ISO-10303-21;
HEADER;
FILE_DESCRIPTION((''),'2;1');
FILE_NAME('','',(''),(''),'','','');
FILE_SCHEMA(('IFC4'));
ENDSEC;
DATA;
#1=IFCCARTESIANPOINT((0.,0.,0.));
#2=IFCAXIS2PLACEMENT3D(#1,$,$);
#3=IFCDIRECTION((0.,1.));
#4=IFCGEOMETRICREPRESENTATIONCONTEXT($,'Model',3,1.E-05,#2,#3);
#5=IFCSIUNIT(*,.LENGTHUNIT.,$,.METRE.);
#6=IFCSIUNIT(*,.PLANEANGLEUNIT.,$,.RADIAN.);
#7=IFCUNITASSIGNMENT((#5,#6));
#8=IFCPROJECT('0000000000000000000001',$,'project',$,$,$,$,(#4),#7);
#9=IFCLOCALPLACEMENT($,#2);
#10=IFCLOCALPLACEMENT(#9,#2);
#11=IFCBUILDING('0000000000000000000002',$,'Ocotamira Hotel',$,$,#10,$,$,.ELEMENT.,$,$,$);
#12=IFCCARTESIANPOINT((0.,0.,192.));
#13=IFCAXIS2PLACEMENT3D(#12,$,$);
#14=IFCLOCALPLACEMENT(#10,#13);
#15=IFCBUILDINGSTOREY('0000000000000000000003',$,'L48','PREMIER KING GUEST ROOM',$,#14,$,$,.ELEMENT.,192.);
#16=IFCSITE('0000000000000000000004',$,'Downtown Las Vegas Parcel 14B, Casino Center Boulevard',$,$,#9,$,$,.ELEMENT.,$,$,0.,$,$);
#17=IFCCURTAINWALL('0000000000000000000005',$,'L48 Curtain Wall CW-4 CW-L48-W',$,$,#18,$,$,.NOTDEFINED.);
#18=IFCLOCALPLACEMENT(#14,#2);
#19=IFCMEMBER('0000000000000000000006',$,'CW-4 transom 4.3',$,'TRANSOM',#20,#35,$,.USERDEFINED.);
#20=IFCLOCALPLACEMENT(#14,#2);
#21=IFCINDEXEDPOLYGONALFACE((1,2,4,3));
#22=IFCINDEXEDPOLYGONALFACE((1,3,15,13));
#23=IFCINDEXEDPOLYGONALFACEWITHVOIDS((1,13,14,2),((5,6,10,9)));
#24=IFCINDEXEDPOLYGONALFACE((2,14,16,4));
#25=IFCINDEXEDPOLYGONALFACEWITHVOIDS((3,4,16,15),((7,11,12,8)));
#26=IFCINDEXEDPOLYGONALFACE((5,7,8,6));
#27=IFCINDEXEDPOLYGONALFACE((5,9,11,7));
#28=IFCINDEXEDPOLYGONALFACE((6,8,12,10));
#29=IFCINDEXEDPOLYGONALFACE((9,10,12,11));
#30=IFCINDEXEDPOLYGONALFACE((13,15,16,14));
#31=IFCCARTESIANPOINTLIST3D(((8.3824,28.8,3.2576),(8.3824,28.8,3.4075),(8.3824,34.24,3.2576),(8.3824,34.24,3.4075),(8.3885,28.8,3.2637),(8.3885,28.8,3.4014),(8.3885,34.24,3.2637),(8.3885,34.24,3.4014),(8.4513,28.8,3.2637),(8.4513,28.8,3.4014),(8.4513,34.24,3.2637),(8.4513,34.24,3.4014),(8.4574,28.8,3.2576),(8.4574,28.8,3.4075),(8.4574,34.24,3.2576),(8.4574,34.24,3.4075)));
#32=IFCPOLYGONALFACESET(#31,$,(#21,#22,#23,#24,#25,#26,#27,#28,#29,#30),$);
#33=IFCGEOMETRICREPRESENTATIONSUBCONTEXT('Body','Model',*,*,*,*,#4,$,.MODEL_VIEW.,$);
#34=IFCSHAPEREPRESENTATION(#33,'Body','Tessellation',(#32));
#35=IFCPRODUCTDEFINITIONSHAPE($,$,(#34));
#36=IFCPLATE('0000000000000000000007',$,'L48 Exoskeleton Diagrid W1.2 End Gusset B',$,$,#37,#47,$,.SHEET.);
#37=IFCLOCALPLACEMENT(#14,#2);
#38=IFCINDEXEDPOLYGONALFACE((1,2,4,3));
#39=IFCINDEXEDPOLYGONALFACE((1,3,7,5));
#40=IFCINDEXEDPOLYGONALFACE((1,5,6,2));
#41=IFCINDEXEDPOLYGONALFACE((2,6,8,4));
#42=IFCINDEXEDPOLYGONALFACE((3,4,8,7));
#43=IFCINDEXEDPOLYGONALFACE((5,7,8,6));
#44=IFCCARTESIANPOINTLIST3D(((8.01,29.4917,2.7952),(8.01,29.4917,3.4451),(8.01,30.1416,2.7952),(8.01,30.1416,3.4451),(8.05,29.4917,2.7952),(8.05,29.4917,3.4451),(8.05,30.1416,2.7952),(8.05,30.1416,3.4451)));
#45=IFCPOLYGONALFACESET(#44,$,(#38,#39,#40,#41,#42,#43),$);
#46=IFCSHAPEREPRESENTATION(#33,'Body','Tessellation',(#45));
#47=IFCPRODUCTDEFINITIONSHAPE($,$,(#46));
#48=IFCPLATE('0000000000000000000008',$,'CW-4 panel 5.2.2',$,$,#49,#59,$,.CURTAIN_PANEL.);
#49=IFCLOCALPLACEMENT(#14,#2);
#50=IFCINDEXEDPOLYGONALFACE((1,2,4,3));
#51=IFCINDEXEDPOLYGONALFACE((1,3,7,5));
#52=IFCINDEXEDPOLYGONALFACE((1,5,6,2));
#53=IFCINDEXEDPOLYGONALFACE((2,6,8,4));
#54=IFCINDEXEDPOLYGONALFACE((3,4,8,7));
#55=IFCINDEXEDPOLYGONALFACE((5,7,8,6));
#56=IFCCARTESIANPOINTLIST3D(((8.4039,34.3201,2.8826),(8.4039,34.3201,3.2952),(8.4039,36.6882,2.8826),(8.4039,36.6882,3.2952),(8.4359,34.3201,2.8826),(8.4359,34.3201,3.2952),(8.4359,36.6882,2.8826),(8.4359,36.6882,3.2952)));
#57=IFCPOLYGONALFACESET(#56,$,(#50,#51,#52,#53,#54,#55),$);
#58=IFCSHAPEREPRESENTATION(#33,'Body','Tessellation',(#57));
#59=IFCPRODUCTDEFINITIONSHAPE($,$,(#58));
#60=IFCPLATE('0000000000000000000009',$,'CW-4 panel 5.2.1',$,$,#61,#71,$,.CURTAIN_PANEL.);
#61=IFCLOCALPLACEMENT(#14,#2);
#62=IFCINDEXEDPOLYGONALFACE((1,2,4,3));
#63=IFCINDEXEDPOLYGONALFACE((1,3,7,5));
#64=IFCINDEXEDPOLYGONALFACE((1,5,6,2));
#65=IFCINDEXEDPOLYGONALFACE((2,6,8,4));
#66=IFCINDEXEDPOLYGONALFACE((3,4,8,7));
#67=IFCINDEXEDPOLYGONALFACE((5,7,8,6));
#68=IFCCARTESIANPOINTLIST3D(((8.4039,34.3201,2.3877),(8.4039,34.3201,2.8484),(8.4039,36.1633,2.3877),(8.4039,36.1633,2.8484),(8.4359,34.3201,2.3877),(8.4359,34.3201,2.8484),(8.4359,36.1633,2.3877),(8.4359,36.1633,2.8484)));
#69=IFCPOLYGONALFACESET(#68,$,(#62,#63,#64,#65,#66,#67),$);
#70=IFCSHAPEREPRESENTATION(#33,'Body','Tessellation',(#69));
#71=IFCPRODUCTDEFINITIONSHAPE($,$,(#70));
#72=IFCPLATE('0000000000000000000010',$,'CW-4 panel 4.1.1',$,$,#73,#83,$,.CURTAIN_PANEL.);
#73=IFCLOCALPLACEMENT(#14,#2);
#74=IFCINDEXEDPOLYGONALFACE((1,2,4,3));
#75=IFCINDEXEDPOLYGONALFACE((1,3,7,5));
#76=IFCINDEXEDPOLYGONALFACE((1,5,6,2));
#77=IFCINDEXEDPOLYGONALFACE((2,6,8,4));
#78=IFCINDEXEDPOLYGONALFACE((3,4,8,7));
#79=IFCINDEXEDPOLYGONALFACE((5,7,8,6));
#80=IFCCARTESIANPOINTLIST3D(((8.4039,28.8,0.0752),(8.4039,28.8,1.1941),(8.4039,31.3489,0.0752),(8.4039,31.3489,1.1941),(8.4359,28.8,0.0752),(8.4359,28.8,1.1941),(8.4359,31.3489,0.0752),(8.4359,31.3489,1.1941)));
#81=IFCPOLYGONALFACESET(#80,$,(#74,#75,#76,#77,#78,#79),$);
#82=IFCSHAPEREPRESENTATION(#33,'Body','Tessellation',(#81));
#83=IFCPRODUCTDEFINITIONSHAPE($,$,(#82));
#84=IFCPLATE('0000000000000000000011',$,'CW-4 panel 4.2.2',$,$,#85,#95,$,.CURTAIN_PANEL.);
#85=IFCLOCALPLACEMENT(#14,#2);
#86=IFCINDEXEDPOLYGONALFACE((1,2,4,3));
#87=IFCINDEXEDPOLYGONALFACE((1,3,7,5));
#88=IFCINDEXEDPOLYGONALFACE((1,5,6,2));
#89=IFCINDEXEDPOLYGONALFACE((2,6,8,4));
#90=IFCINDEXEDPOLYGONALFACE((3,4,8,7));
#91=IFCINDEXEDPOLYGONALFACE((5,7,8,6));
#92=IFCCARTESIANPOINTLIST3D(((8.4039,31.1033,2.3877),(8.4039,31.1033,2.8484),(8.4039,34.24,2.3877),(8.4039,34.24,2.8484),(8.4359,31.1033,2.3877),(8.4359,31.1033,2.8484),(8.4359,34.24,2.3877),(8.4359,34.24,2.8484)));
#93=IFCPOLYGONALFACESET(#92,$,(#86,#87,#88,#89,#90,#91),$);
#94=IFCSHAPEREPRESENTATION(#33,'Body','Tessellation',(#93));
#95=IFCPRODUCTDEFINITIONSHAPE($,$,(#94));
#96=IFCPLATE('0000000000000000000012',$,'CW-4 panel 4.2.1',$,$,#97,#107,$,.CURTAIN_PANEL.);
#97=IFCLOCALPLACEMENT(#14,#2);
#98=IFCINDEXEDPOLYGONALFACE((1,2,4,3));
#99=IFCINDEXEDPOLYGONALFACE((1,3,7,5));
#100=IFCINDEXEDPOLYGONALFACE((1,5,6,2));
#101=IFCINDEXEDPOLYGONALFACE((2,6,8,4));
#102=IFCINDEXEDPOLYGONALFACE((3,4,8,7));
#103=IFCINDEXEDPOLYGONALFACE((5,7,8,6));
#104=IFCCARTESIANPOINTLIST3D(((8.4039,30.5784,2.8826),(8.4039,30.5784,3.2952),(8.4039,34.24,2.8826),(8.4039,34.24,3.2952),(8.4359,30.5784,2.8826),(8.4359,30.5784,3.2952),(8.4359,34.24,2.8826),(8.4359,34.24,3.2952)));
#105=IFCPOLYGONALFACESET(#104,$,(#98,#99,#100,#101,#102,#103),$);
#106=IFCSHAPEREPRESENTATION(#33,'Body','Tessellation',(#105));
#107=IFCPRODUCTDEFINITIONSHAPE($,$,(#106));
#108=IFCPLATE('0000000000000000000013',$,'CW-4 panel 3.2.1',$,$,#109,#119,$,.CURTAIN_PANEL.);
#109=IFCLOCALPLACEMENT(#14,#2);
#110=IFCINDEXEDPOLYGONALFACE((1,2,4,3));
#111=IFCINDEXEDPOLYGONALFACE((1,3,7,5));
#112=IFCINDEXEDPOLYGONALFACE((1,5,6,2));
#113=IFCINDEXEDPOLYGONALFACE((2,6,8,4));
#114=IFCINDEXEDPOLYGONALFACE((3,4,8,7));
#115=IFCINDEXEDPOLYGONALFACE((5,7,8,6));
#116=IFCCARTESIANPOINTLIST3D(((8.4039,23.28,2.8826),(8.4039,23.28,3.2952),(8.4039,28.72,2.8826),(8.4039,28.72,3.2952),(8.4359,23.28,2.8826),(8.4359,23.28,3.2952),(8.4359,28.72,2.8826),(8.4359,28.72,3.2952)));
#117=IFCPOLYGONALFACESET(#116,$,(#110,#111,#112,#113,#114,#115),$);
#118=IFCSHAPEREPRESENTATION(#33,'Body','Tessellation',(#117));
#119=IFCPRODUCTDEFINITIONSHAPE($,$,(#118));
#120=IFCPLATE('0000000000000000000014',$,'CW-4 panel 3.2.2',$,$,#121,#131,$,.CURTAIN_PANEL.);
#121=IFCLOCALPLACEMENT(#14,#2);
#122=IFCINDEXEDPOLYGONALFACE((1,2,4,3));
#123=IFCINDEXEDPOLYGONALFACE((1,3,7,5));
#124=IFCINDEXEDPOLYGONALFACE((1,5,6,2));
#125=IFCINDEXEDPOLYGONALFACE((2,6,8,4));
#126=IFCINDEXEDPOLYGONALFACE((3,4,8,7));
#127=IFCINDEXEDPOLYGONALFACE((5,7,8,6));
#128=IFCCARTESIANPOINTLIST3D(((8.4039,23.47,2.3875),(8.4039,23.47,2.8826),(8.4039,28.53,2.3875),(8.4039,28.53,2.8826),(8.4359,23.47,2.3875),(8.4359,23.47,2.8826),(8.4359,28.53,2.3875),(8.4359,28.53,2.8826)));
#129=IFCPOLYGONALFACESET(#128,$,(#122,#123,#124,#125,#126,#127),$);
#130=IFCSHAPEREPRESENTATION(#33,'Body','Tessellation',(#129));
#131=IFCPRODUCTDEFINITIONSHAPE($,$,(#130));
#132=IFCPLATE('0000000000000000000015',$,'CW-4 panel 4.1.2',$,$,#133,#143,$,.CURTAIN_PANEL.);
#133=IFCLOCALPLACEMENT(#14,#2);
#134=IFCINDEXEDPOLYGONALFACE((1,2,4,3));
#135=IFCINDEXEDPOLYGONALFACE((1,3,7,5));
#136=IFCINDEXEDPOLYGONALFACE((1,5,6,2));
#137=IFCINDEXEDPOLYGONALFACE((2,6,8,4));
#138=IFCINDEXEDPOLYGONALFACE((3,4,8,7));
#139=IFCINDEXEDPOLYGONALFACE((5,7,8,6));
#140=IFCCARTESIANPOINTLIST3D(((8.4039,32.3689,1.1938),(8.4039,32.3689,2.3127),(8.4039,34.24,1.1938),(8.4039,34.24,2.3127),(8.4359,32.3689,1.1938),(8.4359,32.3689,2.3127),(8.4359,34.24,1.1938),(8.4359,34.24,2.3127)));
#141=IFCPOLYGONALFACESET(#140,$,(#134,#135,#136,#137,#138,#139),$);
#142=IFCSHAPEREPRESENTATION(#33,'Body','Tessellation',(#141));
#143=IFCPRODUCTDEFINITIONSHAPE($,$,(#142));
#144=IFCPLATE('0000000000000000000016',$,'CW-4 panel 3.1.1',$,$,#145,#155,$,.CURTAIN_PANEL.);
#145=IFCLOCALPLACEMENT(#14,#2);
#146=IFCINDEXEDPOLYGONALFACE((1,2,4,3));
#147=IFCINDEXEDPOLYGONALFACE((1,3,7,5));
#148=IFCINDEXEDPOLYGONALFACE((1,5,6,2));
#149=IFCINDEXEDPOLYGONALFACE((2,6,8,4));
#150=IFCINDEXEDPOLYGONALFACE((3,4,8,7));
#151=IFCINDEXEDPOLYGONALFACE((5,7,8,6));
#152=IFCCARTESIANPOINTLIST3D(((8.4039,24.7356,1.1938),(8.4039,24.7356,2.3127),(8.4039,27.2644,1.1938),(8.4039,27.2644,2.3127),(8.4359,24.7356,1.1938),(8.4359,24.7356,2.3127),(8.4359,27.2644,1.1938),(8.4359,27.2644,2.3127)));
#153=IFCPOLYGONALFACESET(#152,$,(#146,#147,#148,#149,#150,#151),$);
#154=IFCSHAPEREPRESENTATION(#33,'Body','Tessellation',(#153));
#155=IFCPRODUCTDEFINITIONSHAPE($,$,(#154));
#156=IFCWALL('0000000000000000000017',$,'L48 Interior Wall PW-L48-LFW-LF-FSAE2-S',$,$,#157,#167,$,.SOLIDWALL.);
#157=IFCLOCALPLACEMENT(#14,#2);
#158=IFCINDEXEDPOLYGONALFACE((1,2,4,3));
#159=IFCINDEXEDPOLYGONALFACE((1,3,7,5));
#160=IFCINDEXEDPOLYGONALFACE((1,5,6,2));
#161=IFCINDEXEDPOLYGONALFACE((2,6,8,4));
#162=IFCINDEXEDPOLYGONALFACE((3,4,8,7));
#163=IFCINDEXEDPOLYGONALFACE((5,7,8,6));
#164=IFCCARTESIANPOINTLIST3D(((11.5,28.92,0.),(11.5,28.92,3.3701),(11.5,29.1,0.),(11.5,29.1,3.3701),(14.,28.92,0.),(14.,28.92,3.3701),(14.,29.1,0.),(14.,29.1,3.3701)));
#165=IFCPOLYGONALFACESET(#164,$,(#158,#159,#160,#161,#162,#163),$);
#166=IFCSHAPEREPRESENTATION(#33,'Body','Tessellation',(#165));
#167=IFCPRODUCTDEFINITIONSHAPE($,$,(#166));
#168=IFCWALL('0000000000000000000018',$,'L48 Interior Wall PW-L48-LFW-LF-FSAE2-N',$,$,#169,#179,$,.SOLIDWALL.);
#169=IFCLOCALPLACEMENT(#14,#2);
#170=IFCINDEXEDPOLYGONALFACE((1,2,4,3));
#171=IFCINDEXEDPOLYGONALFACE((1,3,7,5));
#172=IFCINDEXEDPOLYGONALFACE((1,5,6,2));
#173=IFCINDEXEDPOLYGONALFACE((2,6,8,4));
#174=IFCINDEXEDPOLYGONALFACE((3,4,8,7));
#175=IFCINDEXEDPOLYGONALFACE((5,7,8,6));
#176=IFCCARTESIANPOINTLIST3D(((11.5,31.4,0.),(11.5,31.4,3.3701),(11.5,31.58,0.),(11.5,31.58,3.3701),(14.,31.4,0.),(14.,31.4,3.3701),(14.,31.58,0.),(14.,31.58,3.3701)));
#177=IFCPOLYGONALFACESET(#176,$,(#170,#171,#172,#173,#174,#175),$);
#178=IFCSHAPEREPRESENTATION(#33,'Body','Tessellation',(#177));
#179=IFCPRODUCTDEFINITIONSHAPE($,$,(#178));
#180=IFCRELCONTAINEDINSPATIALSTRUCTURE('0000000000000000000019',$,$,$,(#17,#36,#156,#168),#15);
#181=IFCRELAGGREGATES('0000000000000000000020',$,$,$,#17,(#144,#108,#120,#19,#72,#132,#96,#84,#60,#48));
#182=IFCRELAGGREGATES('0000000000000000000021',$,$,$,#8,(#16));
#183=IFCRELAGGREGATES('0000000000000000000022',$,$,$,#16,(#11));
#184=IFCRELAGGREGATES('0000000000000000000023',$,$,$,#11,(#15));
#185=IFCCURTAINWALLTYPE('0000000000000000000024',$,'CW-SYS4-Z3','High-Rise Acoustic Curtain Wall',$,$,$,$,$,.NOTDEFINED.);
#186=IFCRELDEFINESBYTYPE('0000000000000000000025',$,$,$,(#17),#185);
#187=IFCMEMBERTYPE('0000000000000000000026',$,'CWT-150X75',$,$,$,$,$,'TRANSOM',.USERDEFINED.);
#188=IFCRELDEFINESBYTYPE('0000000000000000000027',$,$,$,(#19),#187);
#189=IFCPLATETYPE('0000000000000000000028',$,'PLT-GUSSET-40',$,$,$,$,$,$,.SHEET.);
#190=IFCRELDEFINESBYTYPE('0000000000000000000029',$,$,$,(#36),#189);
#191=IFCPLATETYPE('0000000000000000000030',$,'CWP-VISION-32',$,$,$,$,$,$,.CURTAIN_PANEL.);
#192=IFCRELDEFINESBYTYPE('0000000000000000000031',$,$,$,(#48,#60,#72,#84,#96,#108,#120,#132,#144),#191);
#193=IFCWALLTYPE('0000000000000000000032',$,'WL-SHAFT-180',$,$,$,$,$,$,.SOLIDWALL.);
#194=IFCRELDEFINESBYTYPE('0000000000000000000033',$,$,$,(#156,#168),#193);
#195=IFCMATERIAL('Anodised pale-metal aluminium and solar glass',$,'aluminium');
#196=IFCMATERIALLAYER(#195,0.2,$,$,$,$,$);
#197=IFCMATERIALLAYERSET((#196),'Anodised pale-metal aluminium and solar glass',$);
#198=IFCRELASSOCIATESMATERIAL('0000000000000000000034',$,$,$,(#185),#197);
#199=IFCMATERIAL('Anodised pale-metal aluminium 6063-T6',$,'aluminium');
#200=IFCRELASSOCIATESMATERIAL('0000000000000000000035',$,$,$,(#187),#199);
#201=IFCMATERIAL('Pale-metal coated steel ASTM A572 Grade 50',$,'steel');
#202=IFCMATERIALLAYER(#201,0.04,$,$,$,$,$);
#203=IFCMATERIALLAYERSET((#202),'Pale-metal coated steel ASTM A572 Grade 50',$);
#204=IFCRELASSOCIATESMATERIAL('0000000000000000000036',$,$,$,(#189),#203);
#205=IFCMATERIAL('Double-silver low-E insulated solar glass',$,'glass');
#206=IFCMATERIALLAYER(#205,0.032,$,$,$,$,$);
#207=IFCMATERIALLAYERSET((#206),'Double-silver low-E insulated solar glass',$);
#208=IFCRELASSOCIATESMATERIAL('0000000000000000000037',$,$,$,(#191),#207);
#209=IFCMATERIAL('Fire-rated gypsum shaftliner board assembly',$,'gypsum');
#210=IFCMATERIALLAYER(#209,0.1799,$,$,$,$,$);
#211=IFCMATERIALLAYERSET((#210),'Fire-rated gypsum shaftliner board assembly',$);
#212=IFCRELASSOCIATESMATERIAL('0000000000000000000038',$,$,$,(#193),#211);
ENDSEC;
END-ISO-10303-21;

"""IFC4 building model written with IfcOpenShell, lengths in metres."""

from ifc_helpers import new_model, si_unit, direction, frame, frame_2d, origin, origin_2d, place, context, subcontext, project, spatial, rectangle, hollow_rectangle, extrude, source, transform, mapped, material, layer, layer_set, material_profile, profile_set, type_object, element, aggregate, save


model = new_model("IFC4")

# Units and contexts
model_context = context("Model", 3, precision=1e-05, world=origin(), true_north=direction((0.0, 1.0)))
body_context = subcontext(model_context, "Body", "Model", "MODEL_VIEW")
ifc_project = project(units=[si_unit("LENGTHUNIT", "METRE"), si_unit("PLANEANGLEUNIT", "RADIAN")], contexts=[model_context])

# Site, building, storey
site_placement = place(None, origin())
site = spatial("IfcSite", under=ifc_project, at=site_placement, Name="Downtown Las Vegas Parcel 14B, Casino Center Boulevard", CompositionType="ELEMENT", RefElevation=0.0)
building_placement = place(site_placement, origin())
building = spatial("IfcBuilding", under=site, at=building_placement, Name="Ocotamira Hotel", CompositionType="ELEMENT")
storey_placement = place(building_placement, frame((0.0, 0.0, 192.0)))
storey = spatial("IfcBuildingStorey", under=building, at=storey_placement, Name="L48", Description="PREMIER KING GUEST ROOM", CompositionType="ELEMENT", Elevation=192.0)

# Curtain wall, member
ifc_material_1 = material(Name="Anodised pale-metal aluminium and solar glass", Category="aluminium")
ifc_layer_1 = layer(ifc_material_1, 0.2)
ifc_layer_set_1 = layer_set([ifc_layer_1], Name="Anodised pale-metal aluminium and solar glass")
curtain_wall_type = type_object("IfcCurtainWallType", Name="CW-SYS4-Z3", Description="High-Rise Acoustic Curtain Wall", PredefinedType="NOTDEFINED", material=ifc_layer_set_1)
curtain_wall_placement = place(storey_placement, origin())
curtain_wall = element("IfcCurtainWall", 1, at=curtain_wall_placement, inside=storey, type_object=curtain_wall_type, Name="L48 Curtain Wall CW-4 CW-L48-W", PredefinedType="NOTDEFINED")
ifc_material_2 = material(Name="Anodised pale-metal aluminium 6063-T6", Category="aluminium")
ifc_material_profile_1 = material_profile(ifc_material_2, hollow_rectangle(XDim=0.075, YDim=0.1499, WallThickness=0.0061, at=origin_2d()), Name="HSS150X75X6")
ifc_profile_set_1 = profile_set([ifc_material_profile_1], Name="Anodised pale-metal aluminium 6063-T6")
member_type_1 = type_object("IfcMemberType", Name="CWT-150X75", ElementType="TRANSOM", PredefinedType="USERDEFINED", material=ifc_profile_set_1)
shared_shape_1 = source(origin(), body_context, "Body", "SweptSolid", [
    extrude(hollow_rectangle(XDim=0.075, YDim=0.1499, WallThickness=0.0061, at=origin_2d()), origin(), (0.0, 0.0, 1.0), 5.4399),
])
member_1_placement = place(storey_placement, frame((8.4199, 28.8, 3.3325), z_axis=(0.0, 1.0, 0.0), x_axis=(-1.0, 0.0, 0.0)))
member_1 = element("IfcMember", 2, at=member_1_placement, type_object=member_type_1, Name="CW-4 transom 4.3", ObjectType="TRANSOM", PredefinedType="USERDEFINED", context=body_context, shape_type="MappedRepresentation", body=[
    mapped(shared_shape_1, transform((0.0, 0.0, 0.0), scale=1.0)),
])

# Plates
ifc_material_3 = material(Name="Pale-metal coated steel ASTM A572 Grade 50", Category="steel")
ifc_layer_2 = layer(ifc_material_3, 0.04)
ifc_layer_set_2 = layer_set([ifc_layer_2], Name="Pale-metal coated steel ASTM A572 Grade 50")
plate_type_1 = type_object("IfcPlateType", Name="PLT-GUSSET-40", PredefinedType="SHEET", material=ifc_layer_set_2)
shared_shape_2 = source(origin(), body_context, "Body", "SweptSolid", [
    extrude(rectangle(XDim=0.04, YDim=0.6499, at=origin_2d()), origin(), (0.0, 0.0, 1.0), 0.6499),
])
plate_1_placement = place(storey_placement, frame((8.03, 29.8167, 2.7952), z_axis=(0.0, 0.0, 1.0), x_axis=(1.0, 0.0, 0.0)))
element("IfcPlate", 3, at=plate_1_placement, inside=storey, type_object=plate_type_1, Name="L48 Exoskeleton Diagrid W1.2 End Gusset B", PredefinedType="SHEET", context=body_context, shape_type="MappedRepresentation", body=[
    mapped(shared_shape_2, transform((0.0, 0.0, 0.0), scale=1.0)),
])
ifc_material_4 = material(Name="Double-silver low-E insulated solar glass", Category="glass")
ifc_layer_3 = layer(ifc_material_4, 0.032)
ifc_layer_set_3 = layer_set([ifc_layer_3], Name="Double-silver low-E insulated solar glass")
plate_type_2 = type_object("IfcPlateType", Name="CWP-VISION-32", PredefinedType="CURTAIN_PANEL", material=ifc_layer_set_3)
shared_shape_3 = source(origin(), body_context, "Body", "SweptSolid", [
    extrude(rectangle(XDim=2.3682, YDim=0.032, at=origin_2d()), origin(), (0.0, 0.0, 1.0), 0.4126),
])
plate_2_placement = place(storey_placement, frame((8.4199, 35.5042, 2.8826), z_axis=(0.0, 0.0, 1.0), x_axis=(0.0, 1.0, 0.0)))
plate_2 = element("IfcPlate", 4, at=plate_2_placement, type_object=plate_type_2, Name="CW-4 panel 5.2.2", PredefinedType="CURTAIN_PANEL", context=body_context, shape_type="MappedRepresentation", body=[
    mapped(shared_shape_3, transform((0.0, 0.0, 0.0), scale=1.0)),
])
shared_shape_4 = source(origin(), body_context, "Body", "SweptSolid", [
    extrude(rectangle(XDim=1.8433, YDim=0.032, at=origin_2d()), origin(), (0.0, 0.0, 1.0), 0.4607),
])
plate_3_placement = place(storey_placement, frame((8.4199, 35.2417, 2.3877), z_axis=(0.0, 0.0, 1.0), x_axis=(0.0, 1.0, 0.0)))
plate_3 = element("IfcPlate", 5, at=plate_3_placement, type_object=plate_type_2, Name="CW-4 panel 5.2.1", PredefinedType="CURTAIN_PANEL", context=body_context, shape_type="MappedRepresentation", body=[
    mapped(shared_shape_4, transform((0.0, 0.0, 0.0), scale=1.0)),
])
shared_shape_5 = source(origin(), body_context, "Body", "SweptSolid", [
    extrude(rectangle(XDim=2.5488, YDim=0.032, at=origin_2d()), origin(), (0.0, 0.0, 1.0), 1.1189),
])
plate_4_placement = place(storey_placement, frame((8.4199, 30.0745, 0.0752), z_axis=(0.0, 0.0, 1.0), x_axis=(0.0, 1.0, 0.0)))
plate_4 = element("IfcPlate", 6, at=plate_4_placement, type_object=plate_type_2, Name="CW-4 panel 4.1.1", PredefinedType="CURTAIN_PANEL", context=body_context, shape_type="MappedRepresentation", body=[
    mapped(shared_shape_5, transform((0.0, 0.0, 0.0), scale=1.0)),
])
shared_shape_6 = source(origin(), body_context, "Body", "SweptSolid", [
    extrude(rectangle(XDim=3.1367, YDim=0.032, at=origin_2d()), origin(), (0.0, 0.0, 1.0), 0.4607),
])
plate_5_placement = place(storey_placement, frame((8.4199, 32.6716, 2.3877), z_axis=(0.0, 0.0, 1.0), x_axis=(0.0, 1.0, 0.0)))
plate_5 = element("IfcPlate", 7, at=plate_5_placement, type_object=plate_type_2, Name="CW-4 panel 4.2.2", PredefinedType="CURTAIN_PANEL", context=body_context, shape_type="MappedRepresentation", body=[
    mapped(shared_shape_6, transform((0.0, 0.0, 0.0), scale=1.0)),
])
shared_shape_7 = source(origin(), body_context, "Body", "SweptSolid", [
    extrude(rectangle(XDim=3.6616, YDim=0.032, at=origin_2d()), origin(), (0.0, 0.0, 1.0), 0.4126),
])
plate_6_placement = place(storey_placement, frame((8.4199, 32.4092, 2.8826), z_axis=(0.0, 0.0, 1.0), x_axis=(0.0, 1.0, 0.0)))
plate_6 = element("IfcPlate", 8, at=plate_6_placement, type_object=plate_type_2, Name="CW-4 panel 4.2.1", PredefinedType="CURTAIN_PANEL", context=body_context, shape_type="MappedRepresentation", body=[
    mapped(shared_shape_7, transform((0.0, 0.0, 0.0), scale=1.0)),
])
shared_shape_8 = source(origin(), body_context, "Body", "SweptSolid", [
    extrude(rectangle(XDim=5.4399, YDim=0.032, at=origin_2d()), origin(), (0.0, 0.0, 1.0), 0.4126),
])
plate_7_placement = place(storey_placement, frame((8.4199, 26.0, 2.8826), z_axis=(0.0, 0.0, 1.0), x_axis=(0.0, 1.0, 0.0)))
plate_7 = element("IfcPlate", 9, at=plate_7_placement, type_object=plate_type_2, Name="CW-4 panel 3.2.1", PredefinedType="CURTAIN_PANEL", context=body_context, shape_type="MappedRepresentation", body=[
    mapped(shared_shape_8, transform((0.0, 0.0, 0.0), scale=1.0)),
])
shared_shape_9 = source(origin(), body_context, "Body", "SweptSolid", [
    extrude(rectangle(XDim=5.0601, YDim=0.032, at=origin_2d()), origin(), (0.0, 0.0, 1.0), 0.4951),
])
plate_8_placement = place(storey_placement, frame((8.4199, 26.0, 2.3875), z_axis=(0.0, 0.0, 1.0), x_axis=(0.0, 1.0, 0.0)))
plate_8 = element("IfcPlate", 10, at=plate_8_placement, type_object=plate_type_2, Name="CW-4 panel 3.2.2", PredefinedType="CURTAIN_PANEL", context=body_context, shape_type="MappedRepresentation", body=[
    mapped(shared_shape_9, transform((0.0, 0.0, 0.0), scale=1.0)),
])
shared_shape_10 = source(origin(), body_context, "Body", "SweptSolid", [
    extrude(rectangle(XDim=1.8711, YDim=0.032, at=origin_2d()), origin(), (0.0, 0.0, 1.0), 1.1189),
])
plate_9_placement = place(storey_placement, frame((8.4199, 33.3044, 1.1938), z_axis=(0.0, 0.0, 1.0), x_axis=(0.0, 1.0, 0.0)))
plate_9 = element("IfcPlate", 11, at=plate_9_placement, type_object=plate_type_2, Name="CW-4 panel 4.1.2", PredefinedType="CURTAIN_PANEL", context=body_context, shape_type="MappedRepresentation", body=[
    mapped(shared_shape_10, transform((0.0, 0.0, 0.0), scale=1.0)),
])
shared_shape_11 = source(origin(), body_context, "Body", "SweptSolid", [
    extrude(rectangle(XDim=2.5288, YDim=0.032, at=origin_2d()), origin(), (0.0, 0.0, 1.0), 1.1189),
])
plate_10_placement = place(storey_placement, frame((8.4199, 26.0, 1.1938), z_axis=(0.0, 0.0, 1.0), x_axis=(0.0, 1.0, 0.0)))
plate_10 = element("IfcPlate", 12, at=plate_10_placement, type_object=plate_type_2, Name="CW-4 panel 3.1.1", PredefinedType="CURTAIN_PANEL", context=body_context, shape_type="MappedRepresentation", body=[
    mapped(shared_shape_11, transform((0.0, 0.0, 0.0), scale=1.0)),
])
aggregate(curtain_wall, [plate_10, plate_7, plate_8, member_1, plate_4, plate_9, plate_6, plate_5, plate_3, plate_2])

# Walls
ifc_material_5 = material(Name="Fire-rated gypsum shaftliner board assembly", Category="gypsum")
ifc_layer_4 = layer(ifc_material_5, 0.1799)
ifc_layer_set_4 = layer_set([ifc_layer_4], Name="Fire-rated gypsum shaftliner board assembly")
wall_type_1 = type_object("IfcWallType", Name="WL-SHAFT-180", PredefinedType="SOLIDWALL", material=ifc_layer_set_4)
for number, where, z_axis, x_axis, name in (
    (13, (11.5, 29.01, 0.0), (0.0, 0.0, 1.0), (1.0, 0.0, 0.0), "L48 Interior Wall PW-L48-LFW-LF-FSAE2-S"),
    (14, (11.5, 31.49, 0.0), (0.0, 0.0, 1.0), (1.0, 0.0, 0.0), "L48 Interior Wall PW-L48-LFW-LF-FSAE2-N"),
):
    element("IfcWall", number, at=place(storey_placement, frame(where, z_axis=z_axis, x_axis=x_axis)), inside=storey, type_object=wall_type_1, Name=name, PredefinedType="SOLIDWALL", context=body_context, shape_type="SweptSolid", body=[
        extrude(rectangle(XDim=2.5, YDim=0.1799, at=frame_2d((1.25, 0.0))), origin(), (0.0, 0.0, 1.0), 3.3701),
    ])

save(model, "model.ifc")
